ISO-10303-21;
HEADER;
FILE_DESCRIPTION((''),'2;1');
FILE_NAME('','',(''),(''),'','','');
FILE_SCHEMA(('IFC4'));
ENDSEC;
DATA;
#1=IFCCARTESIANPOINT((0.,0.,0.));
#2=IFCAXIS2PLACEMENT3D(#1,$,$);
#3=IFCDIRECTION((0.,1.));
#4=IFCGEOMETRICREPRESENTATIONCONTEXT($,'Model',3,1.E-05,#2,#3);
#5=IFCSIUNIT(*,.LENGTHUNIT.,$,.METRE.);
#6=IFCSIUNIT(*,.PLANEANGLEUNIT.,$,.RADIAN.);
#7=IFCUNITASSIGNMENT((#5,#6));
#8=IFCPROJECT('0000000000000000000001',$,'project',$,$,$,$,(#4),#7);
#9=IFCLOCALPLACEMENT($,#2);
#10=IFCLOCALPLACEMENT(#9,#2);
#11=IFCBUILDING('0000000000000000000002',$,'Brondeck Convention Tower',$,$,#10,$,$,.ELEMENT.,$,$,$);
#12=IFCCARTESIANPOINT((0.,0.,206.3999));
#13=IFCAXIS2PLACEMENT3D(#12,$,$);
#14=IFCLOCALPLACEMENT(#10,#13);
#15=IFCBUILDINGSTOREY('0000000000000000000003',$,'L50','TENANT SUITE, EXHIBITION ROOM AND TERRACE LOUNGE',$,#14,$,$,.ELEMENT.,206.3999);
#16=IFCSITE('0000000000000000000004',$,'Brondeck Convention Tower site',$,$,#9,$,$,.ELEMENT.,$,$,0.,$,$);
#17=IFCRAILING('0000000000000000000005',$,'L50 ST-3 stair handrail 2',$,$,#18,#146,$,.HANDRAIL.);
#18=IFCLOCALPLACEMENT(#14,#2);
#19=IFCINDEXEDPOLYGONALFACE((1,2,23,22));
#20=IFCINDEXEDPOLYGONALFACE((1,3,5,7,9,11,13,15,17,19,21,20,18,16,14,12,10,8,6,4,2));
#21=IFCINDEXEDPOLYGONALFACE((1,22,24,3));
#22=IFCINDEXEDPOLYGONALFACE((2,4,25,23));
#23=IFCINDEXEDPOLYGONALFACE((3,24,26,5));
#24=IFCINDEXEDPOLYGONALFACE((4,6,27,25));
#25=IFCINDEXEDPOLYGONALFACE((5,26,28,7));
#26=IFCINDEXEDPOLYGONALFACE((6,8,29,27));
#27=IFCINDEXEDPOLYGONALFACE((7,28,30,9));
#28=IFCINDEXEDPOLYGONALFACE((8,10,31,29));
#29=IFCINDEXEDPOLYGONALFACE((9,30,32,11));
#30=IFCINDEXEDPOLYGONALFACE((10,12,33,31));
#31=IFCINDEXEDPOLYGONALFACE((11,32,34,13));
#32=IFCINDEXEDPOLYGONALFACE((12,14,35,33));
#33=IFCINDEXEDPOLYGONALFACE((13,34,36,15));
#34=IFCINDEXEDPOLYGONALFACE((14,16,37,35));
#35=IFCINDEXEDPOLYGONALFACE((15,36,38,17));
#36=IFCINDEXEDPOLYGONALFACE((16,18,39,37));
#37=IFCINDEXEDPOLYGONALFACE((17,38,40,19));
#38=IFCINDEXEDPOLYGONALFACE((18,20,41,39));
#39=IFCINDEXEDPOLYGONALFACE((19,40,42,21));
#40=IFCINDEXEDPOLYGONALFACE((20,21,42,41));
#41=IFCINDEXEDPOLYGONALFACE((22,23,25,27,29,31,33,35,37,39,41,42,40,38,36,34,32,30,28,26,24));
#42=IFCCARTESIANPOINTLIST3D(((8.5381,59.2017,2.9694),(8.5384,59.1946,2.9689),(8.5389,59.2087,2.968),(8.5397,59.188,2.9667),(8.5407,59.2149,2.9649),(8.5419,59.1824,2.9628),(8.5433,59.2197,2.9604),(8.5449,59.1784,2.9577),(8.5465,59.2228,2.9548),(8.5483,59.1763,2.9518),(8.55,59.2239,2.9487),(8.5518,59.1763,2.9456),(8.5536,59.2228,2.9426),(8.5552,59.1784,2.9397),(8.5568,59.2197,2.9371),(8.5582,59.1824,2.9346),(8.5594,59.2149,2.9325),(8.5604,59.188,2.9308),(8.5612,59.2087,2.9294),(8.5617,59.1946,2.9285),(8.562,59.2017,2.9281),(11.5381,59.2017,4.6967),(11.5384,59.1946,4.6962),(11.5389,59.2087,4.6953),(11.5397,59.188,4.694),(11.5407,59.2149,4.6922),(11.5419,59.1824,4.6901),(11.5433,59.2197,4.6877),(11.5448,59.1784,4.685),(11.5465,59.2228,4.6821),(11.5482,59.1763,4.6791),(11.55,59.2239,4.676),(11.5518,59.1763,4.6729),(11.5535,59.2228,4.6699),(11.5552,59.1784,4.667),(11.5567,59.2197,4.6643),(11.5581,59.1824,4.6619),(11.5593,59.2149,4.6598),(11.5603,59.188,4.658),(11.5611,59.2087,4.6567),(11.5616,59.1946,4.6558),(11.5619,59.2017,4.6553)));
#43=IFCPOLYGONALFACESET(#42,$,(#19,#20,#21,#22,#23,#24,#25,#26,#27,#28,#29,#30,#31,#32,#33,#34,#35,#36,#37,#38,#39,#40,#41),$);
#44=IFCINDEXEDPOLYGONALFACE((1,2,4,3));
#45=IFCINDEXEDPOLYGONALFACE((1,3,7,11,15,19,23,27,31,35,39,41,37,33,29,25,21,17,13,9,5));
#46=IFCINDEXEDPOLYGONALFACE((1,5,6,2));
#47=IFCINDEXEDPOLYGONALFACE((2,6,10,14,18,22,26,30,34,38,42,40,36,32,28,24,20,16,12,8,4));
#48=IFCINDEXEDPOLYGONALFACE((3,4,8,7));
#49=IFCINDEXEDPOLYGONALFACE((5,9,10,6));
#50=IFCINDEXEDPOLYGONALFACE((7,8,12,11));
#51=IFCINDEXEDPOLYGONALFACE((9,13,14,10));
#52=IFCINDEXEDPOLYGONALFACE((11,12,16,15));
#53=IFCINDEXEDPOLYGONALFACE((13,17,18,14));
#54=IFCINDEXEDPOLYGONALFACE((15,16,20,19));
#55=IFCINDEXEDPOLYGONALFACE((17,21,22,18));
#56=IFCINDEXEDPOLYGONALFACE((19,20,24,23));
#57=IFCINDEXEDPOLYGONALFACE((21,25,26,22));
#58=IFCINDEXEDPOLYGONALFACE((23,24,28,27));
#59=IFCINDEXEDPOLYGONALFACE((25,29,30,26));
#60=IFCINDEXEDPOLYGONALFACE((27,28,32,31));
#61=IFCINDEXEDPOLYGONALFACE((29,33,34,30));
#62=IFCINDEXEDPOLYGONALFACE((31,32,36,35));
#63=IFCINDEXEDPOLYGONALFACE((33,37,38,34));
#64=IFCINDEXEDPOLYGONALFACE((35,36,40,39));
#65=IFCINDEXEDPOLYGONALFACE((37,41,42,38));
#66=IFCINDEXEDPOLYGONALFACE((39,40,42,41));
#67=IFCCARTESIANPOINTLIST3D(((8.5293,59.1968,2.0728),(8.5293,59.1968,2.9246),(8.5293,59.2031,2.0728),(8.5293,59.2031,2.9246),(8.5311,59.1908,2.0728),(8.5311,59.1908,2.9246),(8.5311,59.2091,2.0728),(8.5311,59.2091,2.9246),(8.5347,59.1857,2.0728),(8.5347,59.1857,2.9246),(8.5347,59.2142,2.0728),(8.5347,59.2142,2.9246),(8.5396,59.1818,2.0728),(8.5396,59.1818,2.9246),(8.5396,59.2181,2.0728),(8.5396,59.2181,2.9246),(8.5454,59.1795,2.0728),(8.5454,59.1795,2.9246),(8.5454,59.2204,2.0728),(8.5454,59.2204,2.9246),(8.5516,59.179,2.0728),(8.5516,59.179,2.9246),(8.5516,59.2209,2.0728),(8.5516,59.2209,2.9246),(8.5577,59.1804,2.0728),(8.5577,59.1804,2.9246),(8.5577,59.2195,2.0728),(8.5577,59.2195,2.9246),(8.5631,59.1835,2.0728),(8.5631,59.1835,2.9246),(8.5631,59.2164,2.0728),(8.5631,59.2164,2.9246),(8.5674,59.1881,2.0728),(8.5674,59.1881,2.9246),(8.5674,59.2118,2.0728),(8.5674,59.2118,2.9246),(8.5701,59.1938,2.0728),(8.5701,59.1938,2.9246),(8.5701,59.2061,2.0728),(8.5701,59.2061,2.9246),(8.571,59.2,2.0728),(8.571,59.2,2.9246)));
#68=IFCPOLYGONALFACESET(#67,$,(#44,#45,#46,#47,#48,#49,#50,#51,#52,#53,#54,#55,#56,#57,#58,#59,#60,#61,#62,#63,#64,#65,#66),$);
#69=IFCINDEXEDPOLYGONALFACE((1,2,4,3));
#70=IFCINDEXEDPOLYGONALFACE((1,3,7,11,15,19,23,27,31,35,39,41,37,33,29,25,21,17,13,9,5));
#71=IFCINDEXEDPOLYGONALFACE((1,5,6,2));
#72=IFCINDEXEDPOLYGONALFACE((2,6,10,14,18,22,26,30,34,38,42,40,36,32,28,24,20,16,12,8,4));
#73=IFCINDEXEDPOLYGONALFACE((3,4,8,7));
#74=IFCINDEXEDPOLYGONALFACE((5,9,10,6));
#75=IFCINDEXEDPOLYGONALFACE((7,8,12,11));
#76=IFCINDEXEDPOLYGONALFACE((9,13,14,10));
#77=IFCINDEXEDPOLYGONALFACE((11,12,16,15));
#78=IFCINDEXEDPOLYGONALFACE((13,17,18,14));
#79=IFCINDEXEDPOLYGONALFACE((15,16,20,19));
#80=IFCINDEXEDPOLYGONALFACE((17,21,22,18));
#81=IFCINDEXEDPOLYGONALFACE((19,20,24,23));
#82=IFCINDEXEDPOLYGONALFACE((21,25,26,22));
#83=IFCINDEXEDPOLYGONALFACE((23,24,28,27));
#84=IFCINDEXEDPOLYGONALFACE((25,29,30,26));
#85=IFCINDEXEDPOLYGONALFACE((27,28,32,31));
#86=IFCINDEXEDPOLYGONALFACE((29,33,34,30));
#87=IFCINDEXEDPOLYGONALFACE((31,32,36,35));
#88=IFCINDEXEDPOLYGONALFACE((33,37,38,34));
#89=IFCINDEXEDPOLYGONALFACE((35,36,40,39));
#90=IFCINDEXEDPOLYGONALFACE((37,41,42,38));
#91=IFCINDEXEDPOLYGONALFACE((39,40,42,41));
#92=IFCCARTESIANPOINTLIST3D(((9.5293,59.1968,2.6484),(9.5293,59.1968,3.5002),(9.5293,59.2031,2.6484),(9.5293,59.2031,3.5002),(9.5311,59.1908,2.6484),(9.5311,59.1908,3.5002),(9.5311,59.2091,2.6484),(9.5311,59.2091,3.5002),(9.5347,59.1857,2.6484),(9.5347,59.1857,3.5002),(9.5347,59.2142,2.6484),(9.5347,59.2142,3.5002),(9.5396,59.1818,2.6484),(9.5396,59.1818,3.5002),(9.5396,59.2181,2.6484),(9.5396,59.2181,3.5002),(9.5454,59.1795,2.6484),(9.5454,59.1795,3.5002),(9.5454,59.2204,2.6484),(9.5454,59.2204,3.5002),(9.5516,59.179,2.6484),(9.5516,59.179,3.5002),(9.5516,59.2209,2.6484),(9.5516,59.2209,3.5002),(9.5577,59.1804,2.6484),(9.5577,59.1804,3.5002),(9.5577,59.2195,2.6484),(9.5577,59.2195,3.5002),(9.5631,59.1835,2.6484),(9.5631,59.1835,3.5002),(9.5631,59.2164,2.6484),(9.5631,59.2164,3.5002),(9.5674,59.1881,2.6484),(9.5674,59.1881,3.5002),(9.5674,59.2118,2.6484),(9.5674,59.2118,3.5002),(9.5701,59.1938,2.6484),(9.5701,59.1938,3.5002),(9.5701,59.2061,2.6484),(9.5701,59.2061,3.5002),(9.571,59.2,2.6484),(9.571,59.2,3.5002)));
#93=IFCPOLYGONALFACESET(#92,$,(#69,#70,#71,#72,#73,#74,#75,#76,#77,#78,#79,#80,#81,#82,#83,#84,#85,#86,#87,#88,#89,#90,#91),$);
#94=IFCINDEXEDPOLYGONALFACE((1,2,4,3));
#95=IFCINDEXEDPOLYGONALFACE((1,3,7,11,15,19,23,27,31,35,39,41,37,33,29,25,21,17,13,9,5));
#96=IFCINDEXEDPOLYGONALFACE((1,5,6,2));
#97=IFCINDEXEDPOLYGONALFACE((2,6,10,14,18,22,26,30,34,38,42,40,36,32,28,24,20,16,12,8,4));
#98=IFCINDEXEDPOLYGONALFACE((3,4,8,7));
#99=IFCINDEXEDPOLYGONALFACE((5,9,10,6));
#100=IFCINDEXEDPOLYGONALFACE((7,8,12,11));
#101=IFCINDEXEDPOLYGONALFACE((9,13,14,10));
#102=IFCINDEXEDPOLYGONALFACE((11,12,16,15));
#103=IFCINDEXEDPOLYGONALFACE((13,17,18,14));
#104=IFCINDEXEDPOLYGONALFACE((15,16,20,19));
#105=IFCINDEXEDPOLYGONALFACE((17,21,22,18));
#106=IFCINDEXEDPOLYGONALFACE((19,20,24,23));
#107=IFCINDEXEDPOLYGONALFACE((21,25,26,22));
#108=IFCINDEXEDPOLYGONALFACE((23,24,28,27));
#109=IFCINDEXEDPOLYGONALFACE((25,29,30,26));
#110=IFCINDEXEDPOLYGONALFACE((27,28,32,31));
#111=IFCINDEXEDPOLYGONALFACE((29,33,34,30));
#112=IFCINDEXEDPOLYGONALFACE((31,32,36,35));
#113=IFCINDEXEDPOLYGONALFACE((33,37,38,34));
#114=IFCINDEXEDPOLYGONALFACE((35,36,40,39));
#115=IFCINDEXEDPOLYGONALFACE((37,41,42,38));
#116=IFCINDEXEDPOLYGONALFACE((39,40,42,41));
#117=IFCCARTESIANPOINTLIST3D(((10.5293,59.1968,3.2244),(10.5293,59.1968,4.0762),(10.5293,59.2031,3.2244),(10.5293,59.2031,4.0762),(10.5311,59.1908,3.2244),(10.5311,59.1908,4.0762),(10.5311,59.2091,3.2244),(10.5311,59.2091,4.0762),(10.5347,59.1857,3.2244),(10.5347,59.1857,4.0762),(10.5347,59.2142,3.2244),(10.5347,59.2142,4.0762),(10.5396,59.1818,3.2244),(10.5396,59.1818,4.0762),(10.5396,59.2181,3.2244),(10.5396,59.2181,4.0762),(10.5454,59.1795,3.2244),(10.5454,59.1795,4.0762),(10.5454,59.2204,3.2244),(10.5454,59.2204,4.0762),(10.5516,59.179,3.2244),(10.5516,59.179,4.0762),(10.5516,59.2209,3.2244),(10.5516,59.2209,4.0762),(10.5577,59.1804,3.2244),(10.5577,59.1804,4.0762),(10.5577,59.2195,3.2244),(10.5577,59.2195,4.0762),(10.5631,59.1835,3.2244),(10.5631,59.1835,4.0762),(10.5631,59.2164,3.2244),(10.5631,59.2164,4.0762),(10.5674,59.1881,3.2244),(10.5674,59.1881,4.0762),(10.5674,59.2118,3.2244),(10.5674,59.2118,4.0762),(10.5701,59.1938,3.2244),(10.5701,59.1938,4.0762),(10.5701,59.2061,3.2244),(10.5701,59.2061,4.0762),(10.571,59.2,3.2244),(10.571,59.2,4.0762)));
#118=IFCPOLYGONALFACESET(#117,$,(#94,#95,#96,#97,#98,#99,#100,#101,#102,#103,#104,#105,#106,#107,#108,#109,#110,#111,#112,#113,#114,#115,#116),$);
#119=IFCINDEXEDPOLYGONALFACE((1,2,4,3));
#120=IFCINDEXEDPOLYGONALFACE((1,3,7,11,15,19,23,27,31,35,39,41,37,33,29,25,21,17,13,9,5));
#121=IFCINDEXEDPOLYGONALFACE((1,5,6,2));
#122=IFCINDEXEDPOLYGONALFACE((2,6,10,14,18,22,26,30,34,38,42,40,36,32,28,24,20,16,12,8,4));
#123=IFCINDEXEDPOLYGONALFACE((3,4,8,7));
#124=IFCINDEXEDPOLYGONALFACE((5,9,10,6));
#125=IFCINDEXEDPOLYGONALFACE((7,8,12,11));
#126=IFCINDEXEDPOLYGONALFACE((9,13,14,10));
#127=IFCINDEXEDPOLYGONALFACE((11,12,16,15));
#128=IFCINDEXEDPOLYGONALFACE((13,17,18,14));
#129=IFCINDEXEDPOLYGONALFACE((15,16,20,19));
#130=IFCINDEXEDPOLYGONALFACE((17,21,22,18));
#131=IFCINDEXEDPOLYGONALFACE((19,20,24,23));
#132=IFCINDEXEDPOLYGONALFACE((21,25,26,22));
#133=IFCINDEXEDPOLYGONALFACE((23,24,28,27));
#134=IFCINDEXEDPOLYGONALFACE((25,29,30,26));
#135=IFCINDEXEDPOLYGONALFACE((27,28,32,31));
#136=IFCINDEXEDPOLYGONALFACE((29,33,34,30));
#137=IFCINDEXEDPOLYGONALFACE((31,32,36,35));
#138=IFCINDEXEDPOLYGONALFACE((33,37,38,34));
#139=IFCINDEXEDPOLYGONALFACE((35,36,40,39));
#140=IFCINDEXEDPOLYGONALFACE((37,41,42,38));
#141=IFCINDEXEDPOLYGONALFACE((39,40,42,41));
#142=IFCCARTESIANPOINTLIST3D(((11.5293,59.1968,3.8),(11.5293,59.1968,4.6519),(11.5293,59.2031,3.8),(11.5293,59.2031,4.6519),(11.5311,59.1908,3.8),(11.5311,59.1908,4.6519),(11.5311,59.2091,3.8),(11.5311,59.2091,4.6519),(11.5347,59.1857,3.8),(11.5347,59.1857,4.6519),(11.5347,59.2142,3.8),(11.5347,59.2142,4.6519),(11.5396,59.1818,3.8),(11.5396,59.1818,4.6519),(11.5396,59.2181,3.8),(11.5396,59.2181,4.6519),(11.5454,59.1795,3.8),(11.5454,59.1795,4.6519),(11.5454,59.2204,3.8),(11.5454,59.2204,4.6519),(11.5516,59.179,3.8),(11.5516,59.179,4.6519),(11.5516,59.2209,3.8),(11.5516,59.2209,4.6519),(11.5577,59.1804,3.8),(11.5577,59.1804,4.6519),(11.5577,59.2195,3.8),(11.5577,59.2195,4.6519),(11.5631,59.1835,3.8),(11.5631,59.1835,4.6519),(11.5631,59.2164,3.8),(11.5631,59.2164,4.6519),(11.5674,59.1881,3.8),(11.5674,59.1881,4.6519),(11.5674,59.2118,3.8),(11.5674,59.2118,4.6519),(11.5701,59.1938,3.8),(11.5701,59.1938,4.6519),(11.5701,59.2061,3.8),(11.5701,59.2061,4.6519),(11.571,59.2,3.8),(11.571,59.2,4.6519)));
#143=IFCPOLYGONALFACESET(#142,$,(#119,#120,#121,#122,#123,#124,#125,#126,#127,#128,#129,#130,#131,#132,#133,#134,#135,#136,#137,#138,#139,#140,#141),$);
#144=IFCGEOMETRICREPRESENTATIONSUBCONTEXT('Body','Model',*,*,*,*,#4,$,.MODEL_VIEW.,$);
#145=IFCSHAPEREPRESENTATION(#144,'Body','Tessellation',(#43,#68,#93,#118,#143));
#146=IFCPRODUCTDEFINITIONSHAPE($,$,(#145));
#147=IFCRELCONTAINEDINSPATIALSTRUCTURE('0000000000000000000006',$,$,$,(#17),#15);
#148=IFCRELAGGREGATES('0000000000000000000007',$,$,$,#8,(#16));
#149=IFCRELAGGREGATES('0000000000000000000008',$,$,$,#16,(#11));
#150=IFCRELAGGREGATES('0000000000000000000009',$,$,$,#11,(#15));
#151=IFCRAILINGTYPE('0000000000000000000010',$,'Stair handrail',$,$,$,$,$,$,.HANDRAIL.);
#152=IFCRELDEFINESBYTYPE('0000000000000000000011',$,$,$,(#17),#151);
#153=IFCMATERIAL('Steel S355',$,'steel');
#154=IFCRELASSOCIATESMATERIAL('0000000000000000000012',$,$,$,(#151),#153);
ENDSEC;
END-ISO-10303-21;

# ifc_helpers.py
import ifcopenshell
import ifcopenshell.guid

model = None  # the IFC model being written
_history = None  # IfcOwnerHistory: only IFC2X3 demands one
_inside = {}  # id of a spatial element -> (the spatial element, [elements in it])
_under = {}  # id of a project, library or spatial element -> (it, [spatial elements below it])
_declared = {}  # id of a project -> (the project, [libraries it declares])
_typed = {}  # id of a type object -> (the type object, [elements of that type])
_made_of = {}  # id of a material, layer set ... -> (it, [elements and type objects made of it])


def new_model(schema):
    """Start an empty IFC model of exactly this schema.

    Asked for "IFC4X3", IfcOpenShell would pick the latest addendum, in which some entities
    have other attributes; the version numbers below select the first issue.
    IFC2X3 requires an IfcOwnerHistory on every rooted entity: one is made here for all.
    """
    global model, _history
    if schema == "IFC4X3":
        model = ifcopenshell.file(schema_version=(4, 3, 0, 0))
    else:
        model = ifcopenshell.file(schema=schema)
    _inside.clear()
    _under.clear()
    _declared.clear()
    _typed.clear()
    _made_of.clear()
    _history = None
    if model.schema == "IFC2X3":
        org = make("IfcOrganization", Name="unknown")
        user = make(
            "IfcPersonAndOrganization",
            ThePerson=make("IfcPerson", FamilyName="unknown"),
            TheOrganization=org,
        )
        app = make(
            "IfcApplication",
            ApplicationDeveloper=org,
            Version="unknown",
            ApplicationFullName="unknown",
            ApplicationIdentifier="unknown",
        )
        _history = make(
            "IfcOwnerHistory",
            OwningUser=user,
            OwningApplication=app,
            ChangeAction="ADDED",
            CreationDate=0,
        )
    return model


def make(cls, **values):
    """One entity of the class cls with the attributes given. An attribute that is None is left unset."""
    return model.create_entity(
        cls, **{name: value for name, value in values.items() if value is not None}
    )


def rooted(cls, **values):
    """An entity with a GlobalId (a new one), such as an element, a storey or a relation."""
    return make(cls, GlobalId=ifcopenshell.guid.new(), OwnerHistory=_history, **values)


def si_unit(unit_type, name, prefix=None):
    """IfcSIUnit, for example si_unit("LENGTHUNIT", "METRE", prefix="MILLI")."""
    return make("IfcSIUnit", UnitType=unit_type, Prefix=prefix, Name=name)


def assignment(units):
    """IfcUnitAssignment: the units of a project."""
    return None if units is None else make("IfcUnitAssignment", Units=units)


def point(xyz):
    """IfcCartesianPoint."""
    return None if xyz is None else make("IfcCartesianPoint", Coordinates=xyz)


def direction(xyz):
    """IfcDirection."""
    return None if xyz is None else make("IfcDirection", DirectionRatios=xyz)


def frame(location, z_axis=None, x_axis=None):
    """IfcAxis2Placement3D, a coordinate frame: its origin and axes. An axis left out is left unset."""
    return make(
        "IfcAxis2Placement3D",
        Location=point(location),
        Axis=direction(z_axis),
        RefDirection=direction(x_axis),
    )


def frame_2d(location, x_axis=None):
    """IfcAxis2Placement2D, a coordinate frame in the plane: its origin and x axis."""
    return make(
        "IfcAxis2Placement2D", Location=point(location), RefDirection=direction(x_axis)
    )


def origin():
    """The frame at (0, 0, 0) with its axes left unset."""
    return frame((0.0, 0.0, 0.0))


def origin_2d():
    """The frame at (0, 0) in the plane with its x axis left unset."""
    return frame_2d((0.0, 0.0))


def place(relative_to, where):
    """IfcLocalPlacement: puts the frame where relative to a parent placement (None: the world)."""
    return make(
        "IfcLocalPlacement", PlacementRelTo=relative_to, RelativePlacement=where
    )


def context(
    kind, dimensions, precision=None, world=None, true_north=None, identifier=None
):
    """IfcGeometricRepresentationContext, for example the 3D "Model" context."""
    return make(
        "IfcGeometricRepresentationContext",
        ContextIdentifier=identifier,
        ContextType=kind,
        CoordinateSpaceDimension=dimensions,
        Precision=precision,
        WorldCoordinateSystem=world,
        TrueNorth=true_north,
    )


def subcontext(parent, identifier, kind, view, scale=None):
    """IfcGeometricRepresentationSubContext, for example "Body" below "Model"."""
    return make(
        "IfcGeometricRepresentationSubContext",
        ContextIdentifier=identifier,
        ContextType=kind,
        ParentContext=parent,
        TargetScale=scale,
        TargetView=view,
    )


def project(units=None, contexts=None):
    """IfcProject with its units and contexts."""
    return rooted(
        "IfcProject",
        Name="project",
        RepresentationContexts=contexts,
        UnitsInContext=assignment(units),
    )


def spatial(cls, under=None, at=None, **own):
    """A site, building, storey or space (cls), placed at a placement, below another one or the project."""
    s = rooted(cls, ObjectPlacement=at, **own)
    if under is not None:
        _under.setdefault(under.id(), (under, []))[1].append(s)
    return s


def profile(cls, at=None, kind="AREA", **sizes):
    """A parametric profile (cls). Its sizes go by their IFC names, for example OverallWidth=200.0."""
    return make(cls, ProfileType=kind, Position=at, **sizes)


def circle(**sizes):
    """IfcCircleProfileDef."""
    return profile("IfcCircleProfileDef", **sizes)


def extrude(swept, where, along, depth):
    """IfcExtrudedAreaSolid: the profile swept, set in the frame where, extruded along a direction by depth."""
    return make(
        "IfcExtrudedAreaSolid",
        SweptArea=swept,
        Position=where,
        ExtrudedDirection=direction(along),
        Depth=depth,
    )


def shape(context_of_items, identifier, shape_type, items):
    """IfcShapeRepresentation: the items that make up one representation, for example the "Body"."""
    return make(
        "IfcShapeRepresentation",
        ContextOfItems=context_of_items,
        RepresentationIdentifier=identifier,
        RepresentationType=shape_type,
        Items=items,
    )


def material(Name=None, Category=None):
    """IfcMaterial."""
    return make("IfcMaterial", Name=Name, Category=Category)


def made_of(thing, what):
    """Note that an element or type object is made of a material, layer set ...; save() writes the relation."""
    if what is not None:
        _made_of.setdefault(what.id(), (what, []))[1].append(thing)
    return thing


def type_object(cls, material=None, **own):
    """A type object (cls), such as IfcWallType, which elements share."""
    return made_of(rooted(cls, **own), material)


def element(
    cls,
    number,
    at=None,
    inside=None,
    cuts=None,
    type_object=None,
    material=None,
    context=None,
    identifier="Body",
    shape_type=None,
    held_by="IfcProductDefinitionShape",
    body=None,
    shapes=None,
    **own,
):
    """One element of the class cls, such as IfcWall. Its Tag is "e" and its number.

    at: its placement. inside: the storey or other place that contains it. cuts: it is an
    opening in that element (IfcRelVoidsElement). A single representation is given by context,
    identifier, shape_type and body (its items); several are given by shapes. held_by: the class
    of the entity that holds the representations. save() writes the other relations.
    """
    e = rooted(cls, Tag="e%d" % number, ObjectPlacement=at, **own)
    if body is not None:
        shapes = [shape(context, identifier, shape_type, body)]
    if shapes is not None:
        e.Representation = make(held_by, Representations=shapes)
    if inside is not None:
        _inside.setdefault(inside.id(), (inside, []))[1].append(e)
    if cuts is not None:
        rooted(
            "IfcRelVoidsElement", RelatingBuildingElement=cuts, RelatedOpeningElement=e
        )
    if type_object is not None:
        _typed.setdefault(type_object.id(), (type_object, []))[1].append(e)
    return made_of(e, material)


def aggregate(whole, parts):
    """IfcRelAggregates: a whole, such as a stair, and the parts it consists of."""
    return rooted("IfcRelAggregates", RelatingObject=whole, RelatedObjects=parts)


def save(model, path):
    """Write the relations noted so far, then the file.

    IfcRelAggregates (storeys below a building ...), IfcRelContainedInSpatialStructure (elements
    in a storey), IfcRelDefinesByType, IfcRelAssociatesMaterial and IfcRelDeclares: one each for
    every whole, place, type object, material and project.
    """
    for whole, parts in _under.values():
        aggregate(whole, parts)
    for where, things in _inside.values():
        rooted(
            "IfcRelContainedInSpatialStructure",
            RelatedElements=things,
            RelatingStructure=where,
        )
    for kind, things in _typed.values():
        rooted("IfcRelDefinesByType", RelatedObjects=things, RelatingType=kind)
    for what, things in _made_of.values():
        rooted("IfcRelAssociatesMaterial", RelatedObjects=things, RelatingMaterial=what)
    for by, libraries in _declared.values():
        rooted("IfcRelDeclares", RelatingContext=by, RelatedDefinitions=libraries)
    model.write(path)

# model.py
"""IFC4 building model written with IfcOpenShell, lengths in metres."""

from ifc_helpers import new_model, si_unit, direction, frame, origin, origin_2d, place, context, subcontext, project, spatial, circle, extrude, material, type_object, element, save


model = new_model("IFC4")

# Units and contexts
model_context = context("Model", 3, precision=1e-05, world=origin(), true_north=direction((0.0, 1.0)))
body_context = subcontext(model_context, "Body", "Model", "MODEL_VIEW")
ifc_project = project(units=[si_unit("LENGTHUNIT", "METRE"), si_unit("PLANEANGLEUNIT", "RADIAN")], contexts=[model_context])

# Site, building, storey
site_placement = place(None, origin())
site = spatial("IfcSite", under=ifc_project, at=site_placement, Name="Brondeck Convention Tower site", CompositionType="ELEMENT", RefElevation=0.0)
building_placement = place(site_placement, origin())
building = spatial("IfcBuilding", under=site, at=building_placement, Name="Brondeck Convention Tower", CompositionType="ELEMENT")
storey_placement = place(building_placement, frame((0.0, 0.0, 206.3999)))
storey = spatial("IfcBuildingStorey", under=building, at=storey_placement, Name="L50", Description="TENANT SUITE, EXHIBITION ROOM AND TERRACE LOUNGE", CompositionType="ELEMENT", Elevation=206.3999)

# Railing
ifc_material_1 = material(Name="Steel S355", Category="steel")
railing_type_1 = type_object("IfcRailingType", Name="Stair handrail", PredefinedType="HANDRAIL", material=ifc_material_1)
railing_1_placement = place(storey_placement, frame((8.55, 59.2, 2.0728)))
element("IfcRailing", 1, at=railing_1_placement, inside=storey, type_object=railing_type_1, Name="L50 ST-3 stair handrail 2", PredefinedType="HANDRAIL", context=body_context, shape_type="SweptSolid", body=[
    extrude(circle(Radius=0.0239, at=origin_2d()), frame((0.0, 0.0, 0.876), z_axis=(0.86662, 0.0, 0.498969), x_axis=(0.0, 1.0, 0.0)), (0.0, 0.0, 1.0), 3.4617),
    extrude(circle(Radius=0.021, at=origin_2d()), origin(), (0.0, 0.0, 1.0), 0.8518),
    extrude(circle(Radius=0.021, at=origin_2d()), frame((1.0, 0.0, 0.5757)), (0.0, 0.0, 1.0), 0.8518),
    extrude(circle(Radius=0.021, at=origin_2d()), frame((2.0, 0.0, 1.1516)), (0.0, 0.0, 1.0), 0.8518),
    extrude(circle(Radius=0.021, at=origin_2d()), frame((3.0, 0.0, 1.7273)), (0.0, 0.0, 1.0), 0.8518),
])

save(model, "model.ifc")
